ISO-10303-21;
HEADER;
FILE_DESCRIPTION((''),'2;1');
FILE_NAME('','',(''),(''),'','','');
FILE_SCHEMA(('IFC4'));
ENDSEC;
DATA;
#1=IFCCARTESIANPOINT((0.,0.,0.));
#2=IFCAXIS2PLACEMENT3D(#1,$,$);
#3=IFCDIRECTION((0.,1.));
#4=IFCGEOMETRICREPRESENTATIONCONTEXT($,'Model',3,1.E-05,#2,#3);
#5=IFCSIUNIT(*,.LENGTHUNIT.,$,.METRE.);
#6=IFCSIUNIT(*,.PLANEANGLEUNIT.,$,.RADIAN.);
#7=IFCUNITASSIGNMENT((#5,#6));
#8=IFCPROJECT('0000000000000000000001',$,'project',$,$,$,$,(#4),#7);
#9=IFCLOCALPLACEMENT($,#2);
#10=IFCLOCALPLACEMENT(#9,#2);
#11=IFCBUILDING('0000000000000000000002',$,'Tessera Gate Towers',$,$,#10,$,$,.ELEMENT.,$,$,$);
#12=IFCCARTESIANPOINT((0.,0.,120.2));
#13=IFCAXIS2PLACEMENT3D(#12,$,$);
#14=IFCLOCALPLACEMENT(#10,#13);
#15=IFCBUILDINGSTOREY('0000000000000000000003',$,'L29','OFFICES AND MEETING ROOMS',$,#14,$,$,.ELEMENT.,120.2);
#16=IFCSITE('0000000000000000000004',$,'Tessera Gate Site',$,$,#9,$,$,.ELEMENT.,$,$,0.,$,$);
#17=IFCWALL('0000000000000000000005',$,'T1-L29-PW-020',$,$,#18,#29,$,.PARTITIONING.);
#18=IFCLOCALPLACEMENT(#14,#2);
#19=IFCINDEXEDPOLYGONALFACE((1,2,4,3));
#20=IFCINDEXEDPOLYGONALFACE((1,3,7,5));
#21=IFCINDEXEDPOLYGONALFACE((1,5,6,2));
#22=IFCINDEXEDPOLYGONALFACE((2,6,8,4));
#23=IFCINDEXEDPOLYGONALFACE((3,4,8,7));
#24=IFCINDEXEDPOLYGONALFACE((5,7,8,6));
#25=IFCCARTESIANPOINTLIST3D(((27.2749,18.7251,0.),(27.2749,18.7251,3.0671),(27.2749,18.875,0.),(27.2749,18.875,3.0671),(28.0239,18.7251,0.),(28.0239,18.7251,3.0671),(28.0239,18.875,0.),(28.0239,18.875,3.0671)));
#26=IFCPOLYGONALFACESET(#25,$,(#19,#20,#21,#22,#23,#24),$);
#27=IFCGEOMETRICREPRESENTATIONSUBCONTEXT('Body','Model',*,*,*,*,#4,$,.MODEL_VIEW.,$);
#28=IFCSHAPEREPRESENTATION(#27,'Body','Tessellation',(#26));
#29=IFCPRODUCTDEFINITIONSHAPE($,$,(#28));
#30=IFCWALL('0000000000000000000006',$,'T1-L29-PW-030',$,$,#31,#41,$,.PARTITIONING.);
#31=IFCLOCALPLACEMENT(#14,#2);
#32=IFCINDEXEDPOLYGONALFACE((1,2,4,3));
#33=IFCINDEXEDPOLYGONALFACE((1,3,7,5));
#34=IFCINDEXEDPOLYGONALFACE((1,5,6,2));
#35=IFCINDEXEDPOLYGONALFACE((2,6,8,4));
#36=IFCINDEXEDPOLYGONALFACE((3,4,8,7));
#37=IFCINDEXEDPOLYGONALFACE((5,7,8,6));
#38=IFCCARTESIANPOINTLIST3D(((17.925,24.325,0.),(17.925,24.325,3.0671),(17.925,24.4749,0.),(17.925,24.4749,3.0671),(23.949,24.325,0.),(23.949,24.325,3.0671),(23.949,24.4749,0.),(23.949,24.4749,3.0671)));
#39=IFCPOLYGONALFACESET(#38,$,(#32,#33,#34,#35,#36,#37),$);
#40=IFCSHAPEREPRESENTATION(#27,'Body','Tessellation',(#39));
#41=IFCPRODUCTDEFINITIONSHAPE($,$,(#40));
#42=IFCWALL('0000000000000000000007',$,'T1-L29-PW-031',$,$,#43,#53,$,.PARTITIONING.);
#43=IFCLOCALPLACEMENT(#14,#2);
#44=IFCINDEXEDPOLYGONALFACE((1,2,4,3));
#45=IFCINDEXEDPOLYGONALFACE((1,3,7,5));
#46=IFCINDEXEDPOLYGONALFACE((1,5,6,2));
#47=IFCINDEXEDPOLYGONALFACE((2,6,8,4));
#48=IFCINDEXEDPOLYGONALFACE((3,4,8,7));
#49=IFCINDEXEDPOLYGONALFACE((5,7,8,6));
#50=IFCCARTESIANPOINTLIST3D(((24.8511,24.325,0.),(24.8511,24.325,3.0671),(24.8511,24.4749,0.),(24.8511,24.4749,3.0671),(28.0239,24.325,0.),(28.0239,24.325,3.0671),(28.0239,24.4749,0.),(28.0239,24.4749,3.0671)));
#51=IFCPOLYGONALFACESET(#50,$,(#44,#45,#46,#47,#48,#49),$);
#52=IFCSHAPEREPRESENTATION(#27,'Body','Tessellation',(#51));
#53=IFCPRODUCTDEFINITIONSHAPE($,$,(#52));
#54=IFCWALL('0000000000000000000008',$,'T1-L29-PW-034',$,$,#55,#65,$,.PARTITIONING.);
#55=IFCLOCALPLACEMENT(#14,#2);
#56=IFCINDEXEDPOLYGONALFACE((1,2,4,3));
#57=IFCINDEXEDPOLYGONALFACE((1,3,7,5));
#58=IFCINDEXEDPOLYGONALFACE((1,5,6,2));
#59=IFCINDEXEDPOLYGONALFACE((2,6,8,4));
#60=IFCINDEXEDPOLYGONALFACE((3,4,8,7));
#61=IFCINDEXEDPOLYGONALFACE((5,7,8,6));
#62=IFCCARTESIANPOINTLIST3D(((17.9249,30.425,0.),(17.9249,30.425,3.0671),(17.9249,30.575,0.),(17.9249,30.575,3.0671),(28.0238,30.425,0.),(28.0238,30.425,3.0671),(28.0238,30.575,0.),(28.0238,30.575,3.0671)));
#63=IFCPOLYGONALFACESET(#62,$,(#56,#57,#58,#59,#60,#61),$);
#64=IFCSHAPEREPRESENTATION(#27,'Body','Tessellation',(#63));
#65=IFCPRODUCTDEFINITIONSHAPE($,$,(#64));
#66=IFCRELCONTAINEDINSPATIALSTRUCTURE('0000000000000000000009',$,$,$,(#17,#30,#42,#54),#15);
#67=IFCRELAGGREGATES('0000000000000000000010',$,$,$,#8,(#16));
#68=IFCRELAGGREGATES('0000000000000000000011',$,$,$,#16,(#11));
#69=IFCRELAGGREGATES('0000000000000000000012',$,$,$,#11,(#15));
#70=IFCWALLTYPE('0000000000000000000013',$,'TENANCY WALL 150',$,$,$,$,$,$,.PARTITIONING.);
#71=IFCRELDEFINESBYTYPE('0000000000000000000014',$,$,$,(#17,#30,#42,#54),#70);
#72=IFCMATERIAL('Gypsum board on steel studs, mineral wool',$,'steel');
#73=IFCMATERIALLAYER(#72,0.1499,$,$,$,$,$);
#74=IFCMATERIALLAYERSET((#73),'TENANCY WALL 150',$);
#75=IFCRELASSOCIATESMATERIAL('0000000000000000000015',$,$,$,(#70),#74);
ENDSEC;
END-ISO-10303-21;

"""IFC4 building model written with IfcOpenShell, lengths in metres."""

from ifc_helpers import new_model, si_unit, direction, frame, frame_2d, origin, place, context, subcontext, project, spatial, rectangle, extrude, material, layer, layer_set, type_object, element, save


model = new_model("IFC4")

# Units and contexts
model_context = context("Model", 3, precision=1e-05, world=origin(), true_north=direction((0.0, 1.0)))
body_context = subcontext(model_context, "Body", "Model", "MODEL_VIEW")
ifc_project = project(units=[si_unit("LENGTHUNIT", "METRE"), si_unit("PLANEANGLEUNIT", "RADIAN")], contexts=[model_context])

# Site, building, storey
site_placement = place(None, origin())
site = spatial("IfcSite", under=ifc_project, at=site_placement, Name="Tessera Gate Site", CompositionType="ELEMENT", RefElevation=0.0)
building_placement = place(site_placement, origin())
building = spatial("IfcBuilding", under=site, at=building_placement, Name="Tessera Gate Towers", CompositionType="ELEMENT")
storey_placement = place(building_placement, frame((0.0, 0.0, 120.2)))
storey = spatial("IfcBuildingStorey", under=building, at=storey_placement, Name="L29", Description="OFFICES AND MEETING ROOMS", CompositionType="ELEMENT", Elevation=120.2)

# Walls
ifc_material_1 = material(Name="Gypsum board on steel studs, mineral wool", Category="steel")
ifc_layer_1 = layer(ifc_material_1, 0.1499)
ifc_layer_set_1 = layer_set([ifc_layer_1], Name="TENANCY WALL 150")
wall_type_1 = type_object("IfcWallType", Name="TENANCY WALL 150", PredefinedType="PARTITIONING", material=ifc_layer_set_1)
wall_1_placement = place(storey_placement, frame((27.2749, 18.8, 0.0), z_axis=(0.0, 0.0, 1.0), x_axis=(1.0, 0.0, 0.0)))
element("IfcWall", 1, at=wall_1_placement, inside=storey, type_object=wall_type_1, Name="T1-L29-PW-020", PredefinedType="PARTITIONING", context=body_context, shape_type="SweptSolid", body=[
    extrude(rectangle(XDim=0.749, YDim=0.1499, at=frame_2d((0.3745, 0.0))), origin(), (0.0, 0.0, 1.0), 3.0671),
])
wall_2_placement = place(storey_placement, frame((17.925, 24.3999, 0.0), z_axis=(0.0, 0.0, 1.0), x_axis=(1.0, 0.0, 0.0)))
element("IfcWall", 2, at=wall_2_placement, inside=storey, type_object=wall_type_1, Name="T1-L29-PW-030", PredefinedType="PARTITIONING", context=body_context, shape_type="SweptSolid", body=[
    extrude(rectangle(XDim=6.0239, YDim=0.1499, at=frame_2d((3.012, 0.0))), origin(), (0.0, 0.0, 1.0), 3.0671),
])
wall_3_placement = place(storey_placement, frame((24.8511, 24.3999, 0.0), z_axis=(0.0, 0.0, 1.0), x_axis=(1.0, 0.0, 0.0)))
element("IfcWall", 3, at=wall_3_placement, inside=storey, type_object=wall_type_1, Name="T1-L29-PW-031", PredefinedType="PARTITIONING", context=body_context, shape_type="SweptSolid", body=[
    extrude(rectangle(XDim=3.1729, YDim=0.1499, at=frame_2d((1.5864, 0.0))), origin(), (0.0, 0.0, 1.0), 3.0671),
])
wall_4_placement = place(storey_placement, frame((17.925, 30.5, 0.0), z_axis=(0.0, 0.0, 1.0), x_axis=(1.0, 0.0, 0.0)))
element("IfcWall", 4, at=wall_4_placement, inside=storey, type_object=wall_type_1, Name="T1-L29-PW-034", PredefinedType="PARTITIONING", context=body_context, shape_type="SweptSolid", body=[
    extrude(rectangle(XDim=10.0989, YDim=0.1499, at=frame_2d((5.0493, 0.0))), origin(), (0.0, 0.0, 1.0), 3.0671),
])

save(model, "model.ifc")
